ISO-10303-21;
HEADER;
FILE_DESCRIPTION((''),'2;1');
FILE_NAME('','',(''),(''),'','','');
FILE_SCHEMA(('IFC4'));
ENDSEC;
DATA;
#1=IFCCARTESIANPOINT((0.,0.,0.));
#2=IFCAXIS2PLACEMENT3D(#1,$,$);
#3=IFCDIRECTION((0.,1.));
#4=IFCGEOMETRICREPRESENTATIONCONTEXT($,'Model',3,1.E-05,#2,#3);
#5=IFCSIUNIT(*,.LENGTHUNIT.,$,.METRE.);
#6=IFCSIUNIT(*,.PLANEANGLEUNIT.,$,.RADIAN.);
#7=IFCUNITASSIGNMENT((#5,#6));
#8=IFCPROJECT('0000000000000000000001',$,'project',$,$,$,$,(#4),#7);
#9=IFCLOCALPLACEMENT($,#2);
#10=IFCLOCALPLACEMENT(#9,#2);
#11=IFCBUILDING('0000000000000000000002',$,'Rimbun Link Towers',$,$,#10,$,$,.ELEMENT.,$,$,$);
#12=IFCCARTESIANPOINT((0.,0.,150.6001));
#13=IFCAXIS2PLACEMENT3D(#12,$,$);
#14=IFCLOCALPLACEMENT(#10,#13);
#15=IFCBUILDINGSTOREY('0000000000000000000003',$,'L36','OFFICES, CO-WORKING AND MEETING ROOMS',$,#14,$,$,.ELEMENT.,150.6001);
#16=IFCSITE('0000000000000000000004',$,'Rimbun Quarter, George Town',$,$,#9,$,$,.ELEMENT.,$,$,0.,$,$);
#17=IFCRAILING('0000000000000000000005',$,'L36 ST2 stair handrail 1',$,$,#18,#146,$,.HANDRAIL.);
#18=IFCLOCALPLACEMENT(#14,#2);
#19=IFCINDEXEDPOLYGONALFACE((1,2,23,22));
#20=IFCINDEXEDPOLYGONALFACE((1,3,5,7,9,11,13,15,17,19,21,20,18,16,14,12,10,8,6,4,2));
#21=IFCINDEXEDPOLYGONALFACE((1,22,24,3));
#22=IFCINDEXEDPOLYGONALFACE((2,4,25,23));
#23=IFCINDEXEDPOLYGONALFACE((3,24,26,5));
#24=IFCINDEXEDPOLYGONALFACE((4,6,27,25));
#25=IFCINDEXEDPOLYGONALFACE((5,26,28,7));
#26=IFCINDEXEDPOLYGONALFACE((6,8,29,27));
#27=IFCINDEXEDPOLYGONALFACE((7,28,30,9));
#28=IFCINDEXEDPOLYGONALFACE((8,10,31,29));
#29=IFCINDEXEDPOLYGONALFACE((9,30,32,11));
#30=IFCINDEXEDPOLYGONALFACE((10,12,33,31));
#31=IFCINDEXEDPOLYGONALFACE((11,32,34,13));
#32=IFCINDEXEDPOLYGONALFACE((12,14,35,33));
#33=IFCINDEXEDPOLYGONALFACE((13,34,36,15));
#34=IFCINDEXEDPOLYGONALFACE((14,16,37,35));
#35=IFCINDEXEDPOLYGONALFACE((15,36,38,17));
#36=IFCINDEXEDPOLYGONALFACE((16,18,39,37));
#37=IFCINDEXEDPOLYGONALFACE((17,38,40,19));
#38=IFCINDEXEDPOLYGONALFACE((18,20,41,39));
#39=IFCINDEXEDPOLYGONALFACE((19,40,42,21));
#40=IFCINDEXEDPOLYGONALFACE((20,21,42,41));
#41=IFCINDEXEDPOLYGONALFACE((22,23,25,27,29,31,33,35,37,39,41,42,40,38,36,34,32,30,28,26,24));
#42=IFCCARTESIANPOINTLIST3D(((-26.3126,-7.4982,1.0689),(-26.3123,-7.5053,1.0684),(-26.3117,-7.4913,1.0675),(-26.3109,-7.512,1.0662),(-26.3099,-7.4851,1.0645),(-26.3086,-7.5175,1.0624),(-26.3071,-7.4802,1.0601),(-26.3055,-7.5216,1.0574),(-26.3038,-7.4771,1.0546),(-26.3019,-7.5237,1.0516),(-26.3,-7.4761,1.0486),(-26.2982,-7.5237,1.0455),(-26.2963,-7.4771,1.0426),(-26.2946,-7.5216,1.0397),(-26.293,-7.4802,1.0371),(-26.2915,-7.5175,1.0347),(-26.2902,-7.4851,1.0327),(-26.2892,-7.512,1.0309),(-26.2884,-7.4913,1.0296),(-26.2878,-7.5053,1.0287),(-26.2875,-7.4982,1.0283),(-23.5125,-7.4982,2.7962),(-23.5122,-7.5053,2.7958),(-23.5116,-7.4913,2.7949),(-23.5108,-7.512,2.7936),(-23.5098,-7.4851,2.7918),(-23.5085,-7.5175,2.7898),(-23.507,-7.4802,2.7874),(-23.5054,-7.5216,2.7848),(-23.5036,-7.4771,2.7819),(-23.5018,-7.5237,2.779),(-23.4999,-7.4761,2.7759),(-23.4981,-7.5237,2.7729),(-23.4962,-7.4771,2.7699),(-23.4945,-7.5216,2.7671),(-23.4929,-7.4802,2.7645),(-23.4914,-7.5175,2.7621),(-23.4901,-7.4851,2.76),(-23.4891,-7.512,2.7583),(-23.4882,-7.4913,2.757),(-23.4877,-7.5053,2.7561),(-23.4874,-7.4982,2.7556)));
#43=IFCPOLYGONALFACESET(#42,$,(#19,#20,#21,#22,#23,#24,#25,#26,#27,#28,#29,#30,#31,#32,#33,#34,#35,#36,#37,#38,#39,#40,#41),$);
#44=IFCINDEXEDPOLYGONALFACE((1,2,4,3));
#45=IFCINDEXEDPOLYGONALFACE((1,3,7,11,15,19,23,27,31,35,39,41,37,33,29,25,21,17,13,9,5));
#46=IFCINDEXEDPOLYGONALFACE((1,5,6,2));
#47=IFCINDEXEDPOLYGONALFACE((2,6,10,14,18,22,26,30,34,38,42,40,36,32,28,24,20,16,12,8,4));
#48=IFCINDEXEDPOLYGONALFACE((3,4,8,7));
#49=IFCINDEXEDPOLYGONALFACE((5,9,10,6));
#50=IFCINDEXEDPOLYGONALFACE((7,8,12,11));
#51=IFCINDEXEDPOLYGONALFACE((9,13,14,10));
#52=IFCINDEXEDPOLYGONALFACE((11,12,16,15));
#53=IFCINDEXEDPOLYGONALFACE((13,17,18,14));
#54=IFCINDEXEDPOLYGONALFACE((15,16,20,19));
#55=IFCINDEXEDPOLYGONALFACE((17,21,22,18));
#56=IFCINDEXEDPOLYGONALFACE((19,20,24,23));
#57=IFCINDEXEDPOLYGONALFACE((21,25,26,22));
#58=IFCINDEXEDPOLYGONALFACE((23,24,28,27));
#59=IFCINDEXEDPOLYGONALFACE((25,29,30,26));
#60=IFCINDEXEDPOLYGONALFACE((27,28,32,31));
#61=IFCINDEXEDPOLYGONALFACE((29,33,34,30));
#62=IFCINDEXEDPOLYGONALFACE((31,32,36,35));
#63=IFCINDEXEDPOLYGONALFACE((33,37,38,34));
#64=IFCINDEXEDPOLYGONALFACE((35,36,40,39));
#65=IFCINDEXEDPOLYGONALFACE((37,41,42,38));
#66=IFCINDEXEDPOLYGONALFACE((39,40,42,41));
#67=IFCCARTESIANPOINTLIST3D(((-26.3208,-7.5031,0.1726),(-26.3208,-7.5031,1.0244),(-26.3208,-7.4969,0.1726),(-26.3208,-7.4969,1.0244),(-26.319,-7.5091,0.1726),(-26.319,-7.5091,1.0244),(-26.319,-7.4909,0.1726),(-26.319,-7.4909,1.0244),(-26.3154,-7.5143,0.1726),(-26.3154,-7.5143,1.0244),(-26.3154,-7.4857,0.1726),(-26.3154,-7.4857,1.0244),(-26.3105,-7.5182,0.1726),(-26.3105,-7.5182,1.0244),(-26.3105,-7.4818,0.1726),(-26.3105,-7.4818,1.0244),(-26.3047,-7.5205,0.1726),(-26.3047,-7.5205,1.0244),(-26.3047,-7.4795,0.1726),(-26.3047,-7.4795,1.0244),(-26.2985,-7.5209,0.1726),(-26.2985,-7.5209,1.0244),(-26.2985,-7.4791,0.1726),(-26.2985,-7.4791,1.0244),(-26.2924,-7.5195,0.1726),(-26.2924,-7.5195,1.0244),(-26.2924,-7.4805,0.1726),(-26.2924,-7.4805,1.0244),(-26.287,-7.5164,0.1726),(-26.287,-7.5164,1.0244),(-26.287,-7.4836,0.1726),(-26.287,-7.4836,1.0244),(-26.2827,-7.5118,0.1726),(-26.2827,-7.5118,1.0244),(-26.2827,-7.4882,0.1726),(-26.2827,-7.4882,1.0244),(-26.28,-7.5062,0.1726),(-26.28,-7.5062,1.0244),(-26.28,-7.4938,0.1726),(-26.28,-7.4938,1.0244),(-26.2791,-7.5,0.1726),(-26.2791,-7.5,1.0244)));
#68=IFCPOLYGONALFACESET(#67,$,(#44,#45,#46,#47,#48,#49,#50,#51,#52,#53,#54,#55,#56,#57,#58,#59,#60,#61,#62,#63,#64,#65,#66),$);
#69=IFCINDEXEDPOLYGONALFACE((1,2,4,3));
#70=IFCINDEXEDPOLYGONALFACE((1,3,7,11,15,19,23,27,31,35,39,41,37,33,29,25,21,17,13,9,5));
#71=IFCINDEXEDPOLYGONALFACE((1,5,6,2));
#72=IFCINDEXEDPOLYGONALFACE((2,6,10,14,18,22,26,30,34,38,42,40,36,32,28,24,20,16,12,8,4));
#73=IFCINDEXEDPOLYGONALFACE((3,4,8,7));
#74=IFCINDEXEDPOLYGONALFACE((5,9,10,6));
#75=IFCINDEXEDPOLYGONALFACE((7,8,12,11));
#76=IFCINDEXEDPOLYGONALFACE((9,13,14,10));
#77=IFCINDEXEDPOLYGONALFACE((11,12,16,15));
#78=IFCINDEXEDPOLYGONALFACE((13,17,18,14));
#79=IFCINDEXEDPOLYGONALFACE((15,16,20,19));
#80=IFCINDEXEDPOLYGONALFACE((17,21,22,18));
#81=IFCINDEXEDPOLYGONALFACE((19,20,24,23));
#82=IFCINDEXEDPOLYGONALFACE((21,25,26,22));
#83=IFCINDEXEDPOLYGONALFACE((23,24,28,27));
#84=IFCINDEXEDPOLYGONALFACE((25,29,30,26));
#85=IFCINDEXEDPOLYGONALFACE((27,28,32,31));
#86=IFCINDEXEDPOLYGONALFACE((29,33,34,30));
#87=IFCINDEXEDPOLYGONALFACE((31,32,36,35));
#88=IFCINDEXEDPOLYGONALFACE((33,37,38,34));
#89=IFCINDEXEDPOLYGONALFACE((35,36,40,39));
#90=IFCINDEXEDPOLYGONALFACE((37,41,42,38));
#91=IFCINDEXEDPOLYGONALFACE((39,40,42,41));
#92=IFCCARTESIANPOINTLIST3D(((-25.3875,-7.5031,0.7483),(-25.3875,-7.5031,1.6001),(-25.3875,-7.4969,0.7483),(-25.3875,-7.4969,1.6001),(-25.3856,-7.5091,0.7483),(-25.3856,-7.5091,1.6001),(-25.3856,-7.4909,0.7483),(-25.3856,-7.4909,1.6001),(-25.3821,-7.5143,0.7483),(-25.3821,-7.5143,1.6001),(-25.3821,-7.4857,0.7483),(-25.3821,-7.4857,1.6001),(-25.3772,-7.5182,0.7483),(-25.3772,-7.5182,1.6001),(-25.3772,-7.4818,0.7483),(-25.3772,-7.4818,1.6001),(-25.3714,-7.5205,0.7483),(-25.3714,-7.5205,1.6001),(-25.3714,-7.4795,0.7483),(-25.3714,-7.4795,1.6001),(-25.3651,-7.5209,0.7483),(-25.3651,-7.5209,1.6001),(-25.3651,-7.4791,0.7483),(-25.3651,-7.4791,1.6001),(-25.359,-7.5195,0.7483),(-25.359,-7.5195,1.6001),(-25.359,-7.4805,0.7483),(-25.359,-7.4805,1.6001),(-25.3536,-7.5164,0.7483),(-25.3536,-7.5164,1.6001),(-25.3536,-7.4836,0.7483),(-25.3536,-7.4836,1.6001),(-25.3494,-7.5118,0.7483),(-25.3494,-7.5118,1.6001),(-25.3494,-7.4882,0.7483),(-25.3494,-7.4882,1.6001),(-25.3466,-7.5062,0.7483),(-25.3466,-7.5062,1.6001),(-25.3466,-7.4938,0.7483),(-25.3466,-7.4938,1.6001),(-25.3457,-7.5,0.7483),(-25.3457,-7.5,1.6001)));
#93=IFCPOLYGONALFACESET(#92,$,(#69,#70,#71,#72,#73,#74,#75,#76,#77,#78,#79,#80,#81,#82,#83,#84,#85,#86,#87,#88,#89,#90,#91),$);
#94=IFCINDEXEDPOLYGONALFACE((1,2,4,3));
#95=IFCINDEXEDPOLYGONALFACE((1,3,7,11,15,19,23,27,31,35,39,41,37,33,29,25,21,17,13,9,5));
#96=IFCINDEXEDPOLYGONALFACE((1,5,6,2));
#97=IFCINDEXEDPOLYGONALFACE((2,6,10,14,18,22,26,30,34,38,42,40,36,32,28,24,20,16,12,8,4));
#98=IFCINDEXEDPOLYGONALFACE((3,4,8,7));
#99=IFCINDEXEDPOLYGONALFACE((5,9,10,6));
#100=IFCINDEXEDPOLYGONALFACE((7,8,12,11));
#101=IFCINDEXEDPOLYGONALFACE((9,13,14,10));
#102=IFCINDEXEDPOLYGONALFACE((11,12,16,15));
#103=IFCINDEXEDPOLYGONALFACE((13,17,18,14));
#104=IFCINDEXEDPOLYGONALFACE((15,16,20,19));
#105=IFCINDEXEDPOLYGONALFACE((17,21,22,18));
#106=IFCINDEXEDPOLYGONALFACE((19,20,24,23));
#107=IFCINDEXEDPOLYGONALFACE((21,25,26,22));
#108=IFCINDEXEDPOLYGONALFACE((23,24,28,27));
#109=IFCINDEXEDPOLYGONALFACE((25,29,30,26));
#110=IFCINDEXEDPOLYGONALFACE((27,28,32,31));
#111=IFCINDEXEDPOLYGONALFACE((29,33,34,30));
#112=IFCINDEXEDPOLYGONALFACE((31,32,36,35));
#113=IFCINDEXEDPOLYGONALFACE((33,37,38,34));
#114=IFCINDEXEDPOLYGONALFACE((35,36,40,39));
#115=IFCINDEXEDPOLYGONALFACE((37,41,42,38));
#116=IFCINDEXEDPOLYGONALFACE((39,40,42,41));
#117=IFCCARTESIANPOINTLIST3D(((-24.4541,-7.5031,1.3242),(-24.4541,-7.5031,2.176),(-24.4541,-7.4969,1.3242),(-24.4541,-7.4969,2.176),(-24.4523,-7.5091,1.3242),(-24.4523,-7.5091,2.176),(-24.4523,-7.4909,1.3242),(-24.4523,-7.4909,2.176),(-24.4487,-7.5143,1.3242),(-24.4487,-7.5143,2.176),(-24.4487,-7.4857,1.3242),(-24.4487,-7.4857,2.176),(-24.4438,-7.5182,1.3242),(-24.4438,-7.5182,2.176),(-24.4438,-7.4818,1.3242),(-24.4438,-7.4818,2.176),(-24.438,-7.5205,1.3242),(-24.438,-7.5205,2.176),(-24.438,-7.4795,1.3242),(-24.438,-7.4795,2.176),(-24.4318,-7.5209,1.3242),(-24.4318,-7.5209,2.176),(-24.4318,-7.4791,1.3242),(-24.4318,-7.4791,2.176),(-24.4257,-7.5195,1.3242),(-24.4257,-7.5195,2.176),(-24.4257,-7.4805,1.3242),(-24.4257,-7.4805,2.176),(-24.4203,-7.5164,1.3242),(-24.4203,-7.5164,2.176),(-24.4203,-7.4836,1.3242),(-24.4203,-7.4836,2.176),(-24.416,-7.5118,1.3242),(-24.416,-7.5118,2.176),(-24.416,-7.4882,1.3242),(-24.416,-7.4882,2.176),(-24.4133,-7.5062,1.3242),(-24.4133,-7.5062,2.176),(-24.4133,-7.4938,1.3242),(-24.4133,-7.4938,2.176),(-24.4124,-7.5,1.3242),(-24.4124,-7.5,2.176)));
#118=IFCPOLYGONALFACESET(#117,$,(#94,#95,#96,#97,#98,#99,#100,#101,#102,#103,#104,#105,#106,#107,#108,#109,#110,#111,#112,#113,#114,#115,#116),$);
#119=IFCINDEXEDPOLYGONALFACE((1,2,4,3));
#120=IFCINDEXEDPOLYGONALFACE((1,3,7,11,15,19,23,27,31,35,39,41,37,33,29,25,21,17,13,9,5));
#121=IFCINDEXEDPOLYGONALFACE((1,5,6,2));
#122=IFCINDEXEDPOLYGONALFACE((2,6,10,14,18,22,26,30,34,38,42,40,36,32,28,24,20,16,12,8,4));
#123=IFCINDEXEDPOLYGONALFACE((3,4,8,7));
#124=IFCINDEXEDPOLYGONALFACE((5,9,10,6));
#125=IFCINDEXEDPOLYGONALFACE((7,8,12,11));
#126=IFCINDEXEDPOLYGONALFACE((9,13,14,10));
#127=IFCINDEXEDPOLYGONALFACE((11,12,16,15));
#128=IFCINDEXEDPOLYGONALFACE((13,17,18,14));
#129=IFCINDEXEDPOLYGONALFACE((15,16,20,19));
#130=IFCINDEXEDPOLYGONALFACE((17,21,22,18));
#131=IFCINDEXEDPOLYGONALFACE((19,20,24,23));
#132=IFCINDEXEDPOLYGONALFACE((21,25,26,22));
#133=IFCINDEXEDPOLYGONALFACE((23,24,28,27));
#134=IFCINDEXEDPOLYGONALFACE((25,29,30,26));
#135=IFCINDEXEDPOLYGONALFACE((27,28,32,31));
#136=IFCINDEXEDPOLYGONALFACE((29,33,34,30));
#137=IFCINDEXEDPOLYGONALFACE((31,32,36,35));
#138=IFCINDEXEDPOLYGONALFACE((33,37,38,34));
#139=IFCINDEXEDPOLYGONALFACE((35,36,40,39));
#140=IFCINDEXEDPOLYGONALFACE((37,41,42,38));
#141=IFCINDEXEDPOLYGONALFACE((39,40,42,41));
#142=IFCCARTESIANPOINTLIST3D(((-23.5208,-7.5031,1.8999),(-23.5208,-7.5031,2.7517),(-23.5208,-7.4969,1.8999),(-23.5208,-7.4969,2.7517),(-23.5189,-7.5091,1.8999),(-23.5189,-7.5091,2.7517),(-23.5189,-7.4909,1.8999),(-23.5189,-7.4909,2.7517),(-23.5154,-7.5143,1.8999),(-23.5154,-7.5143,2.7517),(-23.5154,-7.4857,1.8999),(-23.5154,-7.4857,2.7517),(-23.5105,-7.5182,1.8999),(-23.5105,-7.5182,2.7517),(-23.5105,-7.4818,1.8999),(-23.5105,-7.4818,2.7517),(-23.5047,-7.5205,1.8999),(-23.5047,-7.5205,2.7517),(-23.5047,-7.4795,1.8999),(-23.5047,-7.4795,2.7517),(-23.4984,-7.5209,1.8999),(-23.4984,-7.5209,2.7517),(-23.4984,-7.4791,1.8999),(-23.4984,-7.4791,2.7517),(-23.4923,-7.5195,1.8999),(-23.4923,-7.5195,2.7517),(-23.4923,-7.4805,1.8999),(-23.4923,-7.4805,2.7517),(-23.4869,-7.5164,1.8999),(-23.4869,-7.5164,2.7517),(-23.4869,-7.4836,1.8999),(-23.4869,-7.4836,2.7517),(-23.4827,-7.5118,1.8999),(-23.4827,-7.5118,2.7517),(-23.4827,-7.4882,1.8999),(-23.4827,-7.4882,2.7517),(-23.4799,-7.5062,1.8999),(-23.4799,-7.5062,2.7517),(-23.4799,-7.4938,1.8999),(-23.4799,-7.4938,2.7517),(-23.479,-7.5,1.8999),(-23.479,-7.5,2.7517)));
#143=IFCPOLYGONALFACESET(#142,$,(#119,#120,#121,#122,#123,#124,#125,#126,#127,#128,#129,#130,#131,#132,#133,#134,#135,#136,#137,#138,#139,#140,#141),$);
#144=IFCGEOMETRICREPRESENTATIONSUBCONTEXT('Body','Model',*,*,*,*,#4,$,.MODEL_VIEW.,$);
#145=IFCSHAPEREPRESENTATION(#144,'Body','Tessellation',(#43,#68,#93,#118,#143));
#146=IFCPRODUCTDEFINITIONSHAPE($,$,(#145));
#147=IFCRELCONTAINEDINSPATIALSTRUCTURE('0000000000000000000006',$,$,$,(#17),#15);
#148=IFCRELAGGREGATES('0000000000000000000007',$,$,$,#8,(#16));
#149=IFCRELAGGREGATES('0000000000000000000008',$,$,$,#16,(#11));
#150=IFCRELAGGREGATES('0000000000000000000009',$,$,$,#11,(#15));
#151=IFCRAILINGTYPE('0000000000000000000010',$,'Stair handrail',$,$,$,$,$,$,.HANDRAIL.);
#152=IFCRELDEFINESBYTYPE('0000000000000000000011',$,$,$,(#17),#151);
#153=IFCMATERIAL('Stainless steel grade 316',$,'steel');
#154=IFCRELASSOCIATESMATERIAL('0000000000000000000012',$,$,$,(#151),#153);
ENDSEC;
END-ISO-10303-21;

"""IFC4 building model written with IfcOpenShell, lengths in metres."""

from ifc_helpers import new_model, si_unit, direction, frame, origin, origin_2d, place, context, subcontext, project, spatial, circle, extrude, material, type_object, element, save


model = new_model("IFC4")

# Units and contexts
model_context = context("Model", 3, precision=1e-05, world=origin(), true_north=direction((0.0, 1.0)))
body_context = subcontext(model_context, "Body", "Model", "MODEL_VIEW")
ifc_project = project(units=[si_unit("LENGTHUNIT", "METRE"), si_unit("PLANEANGLEUNIT", "RADIAN")], contexts=[model_context])

# Site, building, storey
site_placement = place(None, origin())
site = spatial("IfcSite", under=ifc_project, at=site_placement, Name="Rimbun Quarter, George Town", CompositionType="ELEMENT", RefElevation=0.0)
building_placement = place(site_placement, origin())
building = spatial("IfcBuilding", under=site, at=building_placement, Name="Rimbun Link Towers", CompositionType="ELEMENT")
storey_placement = place(building_placement, frame((0.0, 0.0, 150.6001)))
storey = spatial("IfcBuildingStorey", under=building, at=storey_placement, Name="L36", Description="OFFICES, CO-WORKING AND MEETING ROOMS", CompositionType="ELEMENT", Elevation=150.6001)

# Railing
ifc_material_1 = material(Name="Stainless steel grade 316", Category="steel")
railing_type_1 = type_object("IfcRailingType", Name="Stair handrail", PredefinedType="HANDRAIL", material=ifc_material_1)
railing_1_placement = place(storey_placement, frame((-26.3, -7.5, 0.1726)))
element("IfcRailing", 1, at=railing_1_placement, inside=storey, type_object=railing_type_1, Name="L36 ST2 stair handrail 1", PredefinedType="HANDRAIL", context=body_context, shape_type="SweptSolid", body=[
    extrude(circle(Radius=0.0239, at=origin_2d()), frame((0.0, 0.0, 0.876), z_axis=(0.85109, 0.0, 0.52502), x_axis=(0.0, 1.0, 0.0)), (0.0, 0.0, 1.0), 3.29),
    extrude(circle(Radius=0.021, at=origin_2d()), origin(), (0.0, 0.0, 1.0), 0.8518),
    extrude(circle(Radius=0.021, at=origin_2d()), frame((0.9333, 0.0, 0.5757)), (0.0, 0.0, 1.0), 0.8518),
    extrude(circle(Radius=0.021, at=origin_2d()), frame((1.8667, 0.0, 1.1516)), (0.0, 0.0, 1.0), 0.8518),
    extrude(circle(Radius=0.021, at=origin_2d()), frame((2.8, 0.0, 1.7273)), (0.0, 0.0, 1.0), 0.8518),
])

save(model, "model.ifc")
